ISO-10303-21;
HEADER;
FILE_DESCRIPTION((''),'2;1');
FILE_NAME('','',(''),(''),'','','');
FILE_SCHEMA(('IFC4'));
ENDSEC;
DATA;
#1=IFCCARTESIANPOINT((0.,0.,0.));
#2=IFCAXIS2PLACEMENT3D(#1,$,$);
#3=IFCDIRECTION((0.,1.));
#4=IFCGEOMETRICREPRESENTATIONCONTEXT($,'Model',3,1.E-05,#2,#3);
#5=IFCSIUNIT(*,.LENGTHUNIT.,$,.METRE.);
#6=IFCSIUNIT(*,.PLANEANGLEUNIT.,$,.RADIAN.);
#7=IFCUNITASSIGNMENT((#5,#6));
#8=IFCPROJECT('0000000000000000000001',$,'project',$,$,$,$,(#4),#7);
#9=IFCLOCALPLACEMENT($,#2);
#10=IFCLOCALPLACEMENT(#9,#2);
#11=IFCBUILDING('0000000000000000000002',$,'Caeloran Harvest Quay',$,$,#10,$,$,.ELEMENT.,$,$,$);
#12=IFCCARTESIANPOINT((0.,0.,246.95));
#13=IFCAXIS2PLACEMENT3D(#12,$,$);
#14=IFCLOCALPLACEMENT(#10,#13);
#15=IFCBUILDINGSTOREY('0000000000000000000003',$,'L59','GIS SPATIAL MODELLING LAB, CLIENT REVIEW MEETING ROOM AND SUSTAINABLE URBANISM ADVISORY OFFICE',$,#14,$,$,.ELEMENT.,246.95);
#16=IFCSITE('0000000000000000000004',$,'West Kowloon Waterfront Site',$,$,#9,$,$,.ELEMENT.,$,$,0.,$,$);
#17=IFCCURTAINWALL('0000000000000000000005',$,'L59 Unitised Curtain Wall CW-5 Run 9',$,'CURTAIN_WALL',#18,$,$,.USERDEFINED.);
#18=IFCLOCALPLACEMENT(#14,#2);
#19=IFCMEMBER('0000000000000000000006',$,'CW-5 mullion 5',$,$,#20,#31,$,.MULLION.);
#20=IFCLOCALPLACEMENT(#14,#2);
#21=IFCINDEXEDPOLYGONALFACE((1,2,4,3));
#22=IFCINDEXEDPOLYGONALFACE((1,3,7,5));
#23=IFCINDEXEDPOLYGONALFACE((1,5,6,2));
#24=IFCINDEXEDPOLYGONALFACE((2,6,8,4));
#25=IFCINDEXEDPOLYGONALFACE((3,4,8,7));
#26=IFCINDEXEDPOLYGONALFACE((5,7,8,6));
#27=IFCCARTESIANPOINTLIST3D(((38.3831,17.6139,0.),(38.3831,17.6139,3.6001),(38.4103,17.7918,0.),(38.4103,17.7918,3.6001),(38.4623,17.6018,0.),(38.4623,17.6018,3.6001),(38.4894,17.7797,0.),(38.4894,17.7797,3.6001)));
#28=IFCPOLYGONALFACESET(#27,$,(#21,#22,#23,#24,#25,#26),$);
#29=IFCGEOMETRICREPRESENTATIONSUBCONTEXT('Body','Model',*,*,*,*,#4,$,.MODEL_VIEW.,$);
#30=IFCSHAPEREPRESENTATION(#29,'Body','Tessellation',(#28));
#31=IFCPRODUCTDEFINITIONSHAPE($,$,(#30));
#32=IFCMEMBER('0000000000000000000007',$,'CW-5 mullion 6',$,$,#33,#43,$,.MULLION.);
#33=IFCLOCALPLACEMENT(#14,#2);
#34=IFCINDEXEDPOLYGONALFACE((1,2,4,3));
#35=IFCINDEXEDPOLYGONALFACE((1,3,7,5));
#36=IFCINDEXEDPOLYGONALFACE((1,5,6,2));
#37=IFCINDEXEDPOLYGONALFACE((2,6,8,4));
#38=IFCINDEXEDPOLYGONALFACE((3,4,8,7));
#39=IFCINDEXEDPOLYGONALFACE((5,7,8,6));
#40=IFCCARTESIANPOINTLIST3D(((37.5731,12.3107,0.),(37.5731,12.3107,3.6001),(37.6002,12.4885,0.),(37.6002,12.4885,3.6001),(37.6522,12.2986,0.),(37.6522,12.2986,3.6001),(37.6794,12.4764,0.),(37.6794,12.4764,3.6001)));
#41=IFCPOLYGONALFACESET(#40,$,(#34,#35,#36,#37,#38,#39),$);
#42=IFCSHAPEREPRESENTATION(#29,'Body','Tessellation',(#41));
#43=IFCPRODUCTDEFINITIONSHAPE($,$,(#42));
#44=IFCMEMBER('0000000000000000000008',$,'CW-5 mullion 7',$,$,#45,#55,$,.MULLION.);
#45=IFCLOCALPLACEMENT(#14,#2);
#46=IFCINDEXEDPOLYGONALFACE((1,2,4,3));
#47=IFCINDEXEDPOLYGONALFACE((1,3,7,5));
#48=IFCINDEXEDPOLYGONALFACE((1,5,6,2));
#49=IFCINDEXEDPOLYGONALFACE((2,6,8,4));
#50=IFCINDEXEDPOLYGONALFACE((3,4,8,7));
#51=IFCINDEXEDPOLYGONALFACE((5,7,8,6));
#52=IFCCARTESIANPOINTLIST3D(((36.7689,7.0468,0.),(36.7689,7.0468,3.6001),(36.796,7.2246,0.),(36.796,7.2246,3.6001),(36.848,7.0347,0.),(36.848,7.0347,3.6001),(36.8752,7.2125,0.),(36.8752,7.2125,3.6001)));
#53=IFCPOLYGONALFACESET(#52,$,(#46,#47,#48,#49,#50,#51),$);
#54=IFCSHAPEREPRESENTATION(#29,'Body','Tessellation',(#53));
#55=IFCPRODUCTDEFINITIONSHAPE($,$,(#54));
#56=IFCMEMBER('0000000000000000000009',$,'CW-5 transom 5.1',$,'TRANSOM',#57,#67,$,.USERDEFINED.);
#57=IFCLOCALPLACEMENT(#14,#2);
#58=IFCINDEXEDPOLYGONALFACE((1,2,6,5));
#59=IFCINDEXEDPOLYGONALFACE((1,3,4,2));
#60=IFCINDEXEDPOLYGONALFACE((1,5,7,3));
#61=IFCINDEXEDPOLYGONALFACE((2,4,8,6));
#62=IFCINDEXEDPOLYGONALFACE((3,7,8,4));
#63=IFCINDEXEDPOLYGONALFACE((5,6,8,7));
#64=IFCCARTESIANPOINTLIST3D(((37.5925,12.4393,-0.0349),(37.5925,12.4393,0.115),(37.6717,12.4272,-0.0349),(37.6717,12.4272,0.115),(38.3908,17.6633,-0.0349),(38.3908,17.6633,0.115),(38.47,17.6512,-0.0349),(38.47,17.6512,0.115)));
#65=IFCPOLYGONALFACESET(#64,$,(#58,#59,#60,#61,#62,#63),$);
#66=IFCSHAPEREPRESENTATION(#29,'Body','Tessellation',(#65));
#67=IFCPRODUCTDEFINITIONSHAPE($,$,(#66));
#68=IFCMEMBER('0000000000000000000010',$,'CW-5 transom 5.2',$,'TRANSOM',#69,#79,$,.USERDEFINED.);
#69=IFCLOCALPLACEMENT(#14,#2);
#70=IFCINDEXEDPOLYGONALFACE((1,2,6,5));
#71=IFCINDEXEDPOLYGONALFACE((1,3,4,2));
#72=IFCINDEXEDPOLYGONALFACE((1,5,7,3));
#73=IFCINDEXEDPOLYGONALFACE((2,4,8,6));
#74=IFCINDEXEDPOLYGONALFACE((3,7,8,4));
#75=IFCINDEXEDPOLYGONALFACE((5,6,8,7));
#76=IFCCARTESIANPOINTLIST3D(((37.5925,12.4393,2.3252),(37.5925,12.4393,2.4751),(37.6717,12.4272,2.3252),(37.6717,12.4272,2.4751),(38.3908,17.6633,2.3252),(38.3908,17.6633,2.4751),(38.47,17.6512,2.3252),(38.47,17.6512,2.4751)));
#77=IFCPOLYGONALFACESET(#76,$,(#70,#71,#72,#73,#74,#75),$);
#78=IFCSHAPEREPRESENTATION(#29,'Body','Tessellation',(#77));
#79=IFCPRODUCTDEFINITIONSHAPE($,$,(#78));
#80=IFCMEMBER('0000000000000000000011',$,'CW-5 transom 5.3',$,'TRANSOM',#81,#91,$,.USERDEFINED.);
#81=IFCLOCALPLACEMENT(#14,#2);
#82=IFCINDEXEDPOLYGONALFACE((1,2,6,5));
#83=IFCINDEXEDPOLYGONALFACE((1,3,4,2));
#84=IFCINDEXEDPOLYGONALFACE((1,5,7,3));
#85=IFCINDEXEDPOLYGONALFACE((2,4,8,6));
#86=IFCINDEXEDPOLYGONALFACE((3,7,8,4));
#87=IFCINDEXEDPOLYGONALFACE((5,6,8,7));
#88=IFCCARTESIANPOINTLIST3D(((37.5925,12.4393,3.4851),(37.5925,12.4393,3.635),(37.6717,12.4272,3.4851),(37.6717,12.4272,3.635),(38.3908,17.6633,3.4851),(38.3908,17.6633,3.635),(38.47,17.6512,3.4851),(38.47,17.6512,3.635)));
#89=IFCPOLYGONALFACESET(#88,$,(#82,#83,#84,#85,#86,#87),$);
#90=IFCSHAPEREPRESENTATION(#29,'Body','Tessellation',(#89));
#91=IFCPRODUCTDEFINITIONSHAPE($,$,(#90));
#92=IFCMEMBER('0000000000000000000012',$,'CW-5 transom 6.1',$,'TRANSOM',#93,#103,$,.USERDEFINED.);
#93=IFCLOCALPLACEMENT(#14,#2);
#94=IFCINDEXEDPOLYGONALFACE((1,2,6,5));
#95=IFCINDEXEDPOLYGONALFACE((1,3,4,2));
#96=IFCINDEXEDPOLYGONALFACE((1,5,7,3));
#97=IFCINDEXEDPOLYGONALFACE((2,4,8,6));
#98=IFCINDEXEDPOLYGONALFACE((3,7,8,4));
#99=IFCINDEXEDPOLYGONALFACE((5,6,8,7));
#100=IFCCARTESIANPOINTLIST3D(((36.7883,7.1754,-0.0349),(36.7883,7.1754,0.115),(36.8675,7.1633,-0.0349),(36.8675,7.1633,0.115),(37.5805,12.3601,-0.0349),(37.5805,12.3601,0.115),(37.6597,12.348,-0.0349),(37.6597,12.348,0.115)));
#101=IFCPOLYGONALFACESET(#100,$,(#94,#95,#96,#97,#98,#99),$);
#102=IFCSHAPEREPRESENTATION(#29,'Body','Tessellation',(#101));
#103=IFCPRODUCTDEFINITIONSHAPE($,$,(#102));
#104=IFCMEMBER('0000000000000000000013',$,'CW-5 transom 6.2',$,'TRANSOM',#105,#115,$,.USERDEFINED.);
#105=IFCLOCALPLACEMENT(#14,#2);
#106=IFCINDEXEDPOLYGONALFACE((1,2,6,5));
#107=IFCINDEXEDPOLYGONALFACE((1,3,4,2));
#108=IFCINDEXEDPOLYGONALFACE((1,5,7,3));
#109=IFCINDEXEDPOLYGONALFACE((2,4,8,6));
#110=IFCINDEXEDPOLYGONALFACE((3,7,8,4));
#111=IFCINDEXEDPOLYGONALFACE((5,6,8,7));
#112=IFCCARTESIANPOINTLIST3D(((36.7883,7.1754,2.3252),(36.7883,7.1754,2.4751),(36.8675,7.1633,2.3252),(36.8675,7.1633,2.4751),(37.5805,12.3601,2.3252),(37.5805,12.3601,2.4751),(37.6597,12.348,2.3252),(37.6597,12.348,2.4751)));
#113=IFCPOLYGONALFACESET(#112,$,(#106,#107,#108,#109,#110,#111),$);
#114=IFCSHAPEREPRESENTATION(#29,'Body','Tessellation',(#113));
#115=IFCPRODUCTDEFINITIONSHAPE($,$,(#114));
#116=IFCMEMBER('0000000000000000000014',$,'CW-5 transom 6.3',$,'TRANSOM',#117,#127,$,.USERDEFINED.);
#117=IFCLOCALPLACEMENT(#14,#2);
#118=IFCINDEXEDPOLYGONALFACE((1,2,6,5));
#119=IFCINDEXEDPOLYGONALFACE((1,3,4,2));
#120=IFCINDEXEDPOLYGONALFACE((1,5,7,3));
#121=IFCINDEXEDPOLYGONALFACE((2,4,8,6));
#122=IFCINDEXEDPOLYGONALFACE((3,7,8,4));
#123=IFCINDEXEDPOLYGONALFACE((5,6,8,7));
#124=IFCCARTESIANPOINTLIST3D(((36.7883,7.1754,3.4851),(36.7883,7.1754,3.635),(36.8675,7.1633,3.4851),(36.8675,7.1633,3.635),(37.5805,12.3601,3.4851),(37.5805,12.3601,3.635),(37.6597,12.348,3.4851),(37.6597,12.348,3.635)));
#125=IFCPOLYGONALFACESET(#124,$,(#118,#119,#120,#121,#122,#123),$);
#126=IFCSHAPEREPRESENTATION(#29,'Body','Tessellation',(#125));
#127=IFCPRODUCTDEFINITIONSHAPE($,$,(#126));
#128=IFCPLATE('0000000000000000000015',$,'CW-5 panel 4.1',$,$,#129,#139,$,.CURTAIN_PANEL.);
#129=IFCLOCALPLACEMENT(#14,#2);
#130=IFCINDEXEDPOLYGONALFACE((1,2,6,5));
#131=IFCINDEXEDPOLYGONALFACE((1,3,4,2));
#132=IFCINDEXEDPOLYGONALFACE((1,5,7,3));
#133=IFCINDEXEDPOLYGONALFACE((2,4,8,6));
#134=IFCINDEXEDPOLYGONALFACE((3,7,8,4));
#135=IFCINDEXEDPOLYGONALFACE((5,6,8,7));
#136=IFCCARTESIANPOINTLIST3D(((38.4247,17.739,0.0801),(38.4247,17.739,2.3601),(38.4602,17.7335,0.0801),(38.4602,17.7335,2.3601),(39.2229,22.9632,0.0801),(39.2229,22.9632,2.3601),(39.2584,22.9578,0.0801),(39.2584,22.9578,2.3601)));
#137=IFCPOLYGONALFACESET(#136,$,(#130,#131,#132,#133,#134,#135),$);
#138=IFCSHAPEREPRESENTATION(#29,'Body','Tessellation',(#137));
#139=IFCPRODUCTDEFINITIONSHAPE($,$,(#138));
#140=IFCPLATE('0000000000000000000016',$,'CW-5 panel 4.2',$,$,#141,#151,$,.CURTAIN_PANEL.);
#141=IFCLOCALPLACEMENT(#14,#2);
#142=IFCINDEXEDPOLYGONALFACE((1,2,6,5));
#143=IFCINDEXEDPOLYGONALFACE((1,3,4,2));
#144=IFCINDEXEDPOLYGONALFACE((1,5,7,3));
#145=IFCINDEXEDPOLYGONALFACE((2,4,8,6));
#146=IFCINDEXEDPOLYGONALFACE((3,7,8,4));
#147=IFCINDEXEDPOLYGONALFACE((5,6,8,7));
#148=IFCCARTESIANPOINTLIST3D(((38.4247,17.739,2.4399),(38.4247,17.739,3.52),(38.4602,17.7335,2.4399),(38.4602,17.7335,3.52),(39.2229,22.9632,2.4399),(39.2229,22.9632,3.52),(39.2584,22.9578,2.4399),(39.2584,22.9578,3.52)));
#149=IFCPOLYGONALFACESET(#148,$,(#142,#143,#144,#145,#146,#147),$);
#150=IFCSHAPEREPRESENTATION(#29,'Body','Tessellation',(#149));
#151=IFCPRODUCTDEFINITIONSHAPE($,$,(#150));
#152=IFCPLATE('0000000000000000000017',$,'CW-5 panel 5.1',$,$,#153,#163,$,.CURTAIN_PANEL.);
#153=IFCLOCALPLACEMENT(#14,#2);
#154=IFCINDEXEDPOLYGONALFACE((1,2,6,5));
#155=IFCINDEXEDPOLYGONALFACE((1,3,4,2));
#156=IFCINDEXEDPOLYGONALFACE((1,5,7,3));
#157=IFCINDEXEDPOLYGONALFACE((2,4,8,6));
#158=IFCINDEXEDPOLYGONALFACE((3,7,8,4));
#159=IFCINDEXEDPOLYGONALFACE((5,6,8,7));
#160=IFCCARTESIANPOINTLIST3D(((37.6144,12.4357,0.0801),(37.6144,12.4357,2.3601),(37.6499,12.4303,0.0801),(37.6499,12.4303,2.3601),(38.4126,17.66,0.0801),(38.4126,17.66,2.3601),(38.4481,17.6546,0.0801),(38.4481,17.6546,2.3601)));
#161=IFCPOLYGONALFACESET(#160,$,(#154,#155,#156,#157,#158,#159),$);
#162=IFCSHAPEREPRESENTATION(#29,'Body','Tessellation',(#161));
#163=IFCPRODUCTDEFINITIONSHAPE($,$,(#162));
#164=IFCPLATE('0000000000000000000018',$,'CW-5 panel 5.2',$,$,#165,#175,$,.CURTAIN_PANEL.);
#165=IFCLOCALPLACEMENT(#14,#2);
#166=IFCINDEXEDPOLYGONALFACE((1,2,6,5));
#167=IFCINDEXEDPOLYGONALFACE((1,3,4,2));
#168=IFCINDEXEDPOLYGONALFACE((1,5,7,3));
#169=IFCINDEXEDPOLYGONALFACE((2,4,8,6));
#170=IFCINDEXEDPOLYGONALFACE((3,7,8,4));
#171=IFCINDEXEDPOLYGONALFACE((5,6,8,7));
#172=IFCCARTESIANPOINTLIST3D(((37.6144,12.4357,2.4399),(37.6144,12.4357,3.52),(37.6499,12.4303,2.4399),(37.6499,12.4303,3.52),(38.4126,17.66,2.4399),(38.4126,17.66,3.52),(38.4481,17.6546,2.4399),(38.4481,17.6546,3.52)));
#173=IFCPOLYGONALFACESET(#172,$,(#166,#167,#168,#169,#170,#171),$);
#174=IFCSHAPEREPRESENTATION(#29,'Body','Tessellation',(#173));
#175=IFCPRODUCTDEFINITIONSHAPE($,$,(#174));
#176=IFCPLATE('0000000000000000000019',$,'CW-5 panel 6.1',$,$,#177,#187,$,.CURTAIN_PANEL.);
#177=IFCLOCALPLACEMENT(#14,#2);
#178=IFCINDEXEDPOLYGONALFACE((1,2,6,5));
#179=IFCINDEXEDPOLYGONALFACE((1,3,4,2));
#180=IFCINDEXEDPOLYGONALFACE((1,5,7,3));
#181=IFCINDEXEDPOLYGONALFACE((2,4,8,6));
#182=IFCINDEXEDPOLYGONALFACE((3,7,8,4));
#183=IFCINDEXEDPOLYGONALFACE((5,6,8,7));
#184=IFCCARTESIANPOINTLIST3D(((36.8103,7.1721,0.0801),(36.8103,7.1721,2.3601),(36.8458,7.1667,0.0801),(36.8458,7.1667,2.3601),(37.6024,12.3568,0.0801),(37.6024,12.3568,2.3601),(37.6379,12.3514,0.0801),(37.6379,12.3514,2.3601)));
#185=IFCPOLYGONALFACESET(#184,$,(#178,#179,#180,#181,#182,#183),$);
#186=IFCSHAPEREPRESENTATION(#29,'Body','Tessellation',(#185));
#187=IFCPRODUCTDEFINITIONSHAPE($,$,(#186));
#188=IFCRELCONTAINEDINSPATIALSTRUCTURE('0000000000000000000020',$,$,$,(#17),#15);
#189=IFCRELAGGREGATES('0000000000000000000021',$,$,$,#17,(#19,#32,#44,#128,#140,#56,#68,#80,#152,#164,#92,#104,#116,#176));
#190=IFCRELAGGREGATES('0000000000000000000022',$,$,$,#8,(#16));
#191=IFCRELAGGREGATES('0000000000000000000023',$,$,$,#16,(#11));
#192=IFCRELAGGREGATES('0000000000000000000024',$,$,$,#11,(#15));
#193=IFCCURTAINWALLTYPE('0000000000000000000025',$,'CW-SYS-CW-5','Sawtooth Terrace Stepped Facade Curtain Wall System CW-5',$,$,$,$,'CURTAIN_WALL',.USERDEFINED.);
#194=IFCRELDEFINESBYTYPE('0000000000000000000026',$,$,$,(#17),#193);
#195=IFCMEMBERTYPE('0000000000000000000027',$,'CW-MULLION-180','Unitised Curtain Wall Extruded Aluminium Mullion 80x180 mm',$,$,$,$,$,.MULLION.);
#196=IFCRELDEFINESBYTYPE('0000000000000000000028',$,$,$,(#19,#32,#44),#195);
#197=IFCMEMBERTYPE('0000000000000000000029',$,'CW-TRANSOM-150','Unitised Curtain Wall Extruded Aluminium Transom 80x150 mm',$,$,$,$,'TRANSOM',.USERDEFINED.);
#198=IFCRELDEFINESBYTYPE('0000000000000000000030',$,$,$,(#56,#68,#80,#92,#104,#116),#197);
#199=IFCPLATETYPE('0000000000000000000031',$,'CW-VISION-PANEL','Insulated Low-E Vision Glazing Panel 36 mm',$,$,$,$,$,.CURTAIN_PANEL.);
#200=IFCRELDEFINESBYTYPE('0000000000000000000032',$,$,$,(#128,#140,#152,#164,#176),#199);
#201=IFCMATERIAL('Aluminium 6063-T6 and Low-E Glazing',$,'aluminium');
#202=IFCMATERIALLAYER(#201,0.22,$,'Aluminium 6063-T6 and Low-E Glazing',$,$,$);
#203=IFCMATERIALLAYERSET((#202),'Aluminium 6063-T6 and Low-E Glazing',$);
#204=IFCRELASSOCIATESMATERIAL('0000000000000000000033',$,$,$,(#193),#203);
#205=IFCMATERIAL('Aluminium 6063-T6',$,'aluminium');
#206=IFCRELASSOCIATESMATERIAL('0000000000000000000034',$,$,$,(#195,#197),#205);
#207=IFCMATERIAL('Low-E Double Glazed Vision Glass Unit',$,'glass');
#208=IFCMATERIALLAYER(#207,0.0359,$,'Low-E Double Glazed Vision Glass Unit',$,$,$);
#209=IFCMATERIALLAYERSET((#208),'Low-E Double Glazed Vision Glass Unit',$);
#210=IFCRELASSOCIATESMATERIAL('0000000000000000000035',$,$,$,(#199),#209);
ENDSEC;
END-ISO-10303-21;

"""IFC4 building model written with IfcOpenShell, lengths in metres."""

from ifc_helpers import new_model, si_unit, direction, frame, origin, origin_2d, place, context, subcontext, project, spatial, rectangle, extrude, material, layer, layer_set, material_profile, profile_set, type_object, element, aggregate, save


model = new_model("IFC4")

# Units and contexts
model_context = context("Model", 3, precision=1e-05, world=origin(), true_north=direction((0.0, 1.0)))
body_context = subcontext(model_context, "Body", "Model", "MODEL_VIEW")
ifc_project = project(units=[si_unit("LENGTHUNIT", "METRE"), si_unit("PLANEANGLEUNIT", "RADIAN")], contexts=[model_context])

# Site, building, storey
site_placement = place(None, origin())
site = spatial("IfcSite", under=ifc_project, at=site_placement, Name="West Kowloon Waterfront Site", CompositionType="ELEMENT", RefElevation=0.0)
building_placement = place(site_placement, origin())
building = spatial("IfcBuilding", under=site, at=building_placement, Name="Caeloran Harvest Quay", CompositionType="ELEMENT")
storey_placement = place(building_placement, frame((0.0, 0.0, 246.95)))
storey = spatial("IfcBuildingStorey", under=building, at=storey_placement, Name="L59", Description="GIS SPATIAL MODELLING LAB, CLIENT REVIEW MEETING ROOM AND SUSTAINABLE URBANISM ADVISORY OFFICE", CompositionType="ELEMENT", Elevation=246.95)

# Curtain wall, members, plates
ifc_material_1 = material(Name="Aluminium 6063-T6 and Low-E Glazing", Category="aluminium")
ifc_layer_1 = layer(ifc_material_1, 0.22, Name="Aluminium 6063-T6 and Low-E Glazing")
ifc_layer_set_1 = layer_set([ifc_layer_1], Name="Aluminium 6063-T6 and Low-E Glazing")
curtain_wall_type = type_object("IfcCurtainWallType", Name="CW-SYS-CW-5", Description="Sawtooth Terrace Stepped Facade Curtain Wall System CW-5", ElementType="CURTAIN_WALL", PredefinedType="USERDEFINED", material=ifc_layer_set_1)
curtain_wall_placement = place(storey_placement, origin())
curtain_wall = element("IfcCurtainWall", 1, at=curtain_wall_placement, inside=storey, type_object=curtain_wall_type, Name="L59 Unitised Curtain Wall CW-5 Run 9", ObjectType="CURTAIN_WALL", PredefinedType="USERDEFINED")
ifc_material_2 = material(Name="Aluminium 6063-T6", Category="aluminium")
ifc_material_profile_1 = material_profile(ifc_material_2, rectangle(XDim=0.0801, YDim=0.1799, at=origin_2d()), Name="CW-MULLION-180")
ifc_profile_set_1 = profile_set([ifc_material_profile_1], Name="Aluminium 6063-T6")
member_type_1 = type_object("IfcMemberType", Name="CW-MULLION-180", Description="Unitised Curtain Wall Extruded Aluminium Mullion 80x180 mm", PredefinedType="MULLION", material=ifc_profile_set_1)
member_1_placement = place(storey_placement, frame((38.4363, 17.6968, 0.0), z_axis=(0.0, 0.0, 1.0), x_axis=(0.98853, -0.151028, 0.0)))
member_1 = element("IfcMember", 2, at=member_1_placement, type_object=member_type_1, Name="CW-5 mullion 5", PredefinedType="MULLION", context=body_context, shape_type="SweptSolid", body=[
    extrude(rectangle(XDim=0.0801, YDim=0.1799, at=origin_2d()), origin(), (0.0, 0.0, 1.0), 3.6001),
])
member_2_placement = place(storey_placement, frame((37.6262, 12.3936, 0.0), z_axis=(0.0, 0.0, 1.0), x_axis=(0.98853, -0.151028, 0.0)))
member_2 = element("IfcMember", 3, at=member_2_placement, type_object=member_type_1, Name="CW-5 mullion 6", PredefinedType="MULLION", context=body_context, shape_type="SweptSolid", body=[
    extrude(rectangle(XDim=0.0801, YDim=0.1799, at=origin_2d()), origin(), (0.0, 0.0, 1.0), 3.6001),
])
member_3_placement = place(storey_placement, frame((36.822, 7.1296, 0.0), z_axis=(0.0, 0.0, 1.0), x_axis=(0.98853, -0.151028, 0.0)))
member_3 = element("IfcMember", 4, at=member_3_placement, type_object=member_type_1, Name="CW-5 mullion 7", PredefinedType="MULLION", context=body_context, shape_type="SweptSolid", body=[
    extrude(rectangle(XDim=0.0801, YDim=0.1799, at=origin_2d()), origin(), (0.0, 0.0, 1.0), 3.6001),
])
ifc_material_profile_2 = material_profile(ifc_material_2, rectangle(XDim=0.0801, YDim=0.1499, at=origin_2d()), Name="CW-TRANSOM-150")
ifc_profile_set_2 = profile_set([ifc_material_profile_2], Name="Aluminium 6063-T6")
member_type_2 = type_object("IfcMemberType", Name="CW-TRANSOM-150", Description="Unitised Curtain Wall Extruded Aluminium Transom 80x150 mm", ElementType="TRANSOM", PredefinedType="USERDEFINED", material=ifc_profile_set_2)
member_4_placement = place(storey_placement, frame((38.4304, 17.6572, 0.04), z_axis=(-0.151064, -0.988524, 0.0), x_axis=(0.988524, -0.151064, 0.0)))
member_4 = element("IfcMember", 5, at=member_4_placement, type_object=member_type_2, Name="CW-5 transom 5.1", ObjectType="TRANSOM", PredefinedType="USERDEFINED", context=body_context, shape_type="SweptSolid", body=[
    extrude(rectangle(XDim=0.0801, YDim=0.1499, at=origin_2d()), origin(), (0.0, 0.0, 1.0), 5.2847),
])
member_5_placement = place(storey_placement, frame((38.4304, 17.6572, 2.4001), z_axis=(-0.151064, -0.988524, 0.0), x_axis=(0.988524, -0.151064, 0.0)))
member_5 = element("IfcMember", 6, at=member_5_placement, type_object=member_type_2, Name="CW-5 transom 5.2", ObjectType="TRANSOM", PredefinedType="USERDEFINED", context=body_context, shape_type="SweptSolid", body=[
    extrude(rectangle(XDim=0.0801, YDim=0.1499, at=origin_2d()), origin(), (0.0, 0.0, 1.0), 5.2847),
])
member_6_placement = place(storey_placement, frame((38.4304, 17.6572, 3.5601), z_axis=(-0.151064, -0.988524, 0.0), x_axis=(0.988524, -0.151064, 0.0)))
member_6 = element("IfcMember", 7, at=member_6_placement, type_object=member_type_2, Name="CW-5 transom 5.3", ObjectType="TRANSOM", PredefinedType="USERDEFINED", context=body_context, shape_type="SweptSolid", body=[
    extrude(rectangle(XDim=0.0801, YDim=0.1499, at=origin_2d()), origin(), (0.0, 0.0, 1.0), 5.2847),
])
member_7_placement = place(storey_placement, frame((37.6201, 12.354, 0.04), z_axis=(-0.151046, -0.988527, 0.0), x_axis=(0.988527, -0.151046, 0.0)))
member_7 = element("IfcMember", 8, at=member_7_placement, type_object=member_type_2, Name="CW-5 transom 6.1", ObjectType="TRANSOM", PredefinedType="USERDEFINED", context=body_context, shape_type="SweptSolid", body=[
    extrude(rectangle(XDim=0.0801, YDim=0.1499, at=origin_2d()), origin(), (0.0, 0.0, 1.0), 5.2449),
])
member_8_placement = place(storey_placement, frame((37.6201, 12.354, 2.4001), z_axis=(-0.151046, -0.988527, 0.0), x_axis=(0.988527, -0.151046, 0.0)))
member_8 = element("IfcMember", 9, at=member_8_placement, type_object=member_type_2, Name="CW-5 transom 6.2", ObjectType="TRANSOM", PredefinedType="USERDEFINED", context=body_context, shape_type="SweptSolid", body=[
    extrude(rectangle(XDim=0.0801, YDim=0.1499, at=origin_2d()), origin(), (0.0, 0.0, 1.0), 5.2449),
])
member_9_placement = place(storey_placement, frame((37.6201, 12.354, 3.5601), z_axis=(-0.151046, -0.988527, 0.0), x_axis=(0.988527, -0.151046, 0.0)))
member_9 = element("IfcMember", 10, at=member_9_placement, type_object=member_type_2, Name="CW-5 transom 6.3", ObjectType="TRANSOM", PredefinedType="USERDEFINED", context=body_context, shape_type="SweptSolid", body=[
    extrude(rectangle(XDim=0.0801, YDim=0.1499, at=origin_2d()), origin(), (0.0, 0.0, 1.0), 5.2449),
])
ifc_material_3 = material(Name="Low-E Double Glazed Vision Glass Unit", Category="glass")
ifc_layer_2 = layer(ifc_material_3, 0.0359, Name="Low-E Double Glazed Vision Glass Unit")
ifc_layer_set_2 = layer_set([ifc_layer_2], Name="Low-E Double Glazed Vision Glass Unit")
plate_type = type_object("IfcPlateType", Name="CW-VISION-PANEL", Description="Insulated Low-E Vision Glazing Panel 36 mm", PredefinedType="CURTAIN_PANEL", material=ifc_layer_set_2)
plate_1_placement = place(storey_placement, frame((38.8416, 20.3484, 0.0801), z_axis=(0.0, 0.0, 1.0), x_axis=(-0.151028, -0.98853, 0.0)))
plate_1 = element("IfcPlate", 11, at=plate_1_placement, type_object=plate_type, Name="CW-5 panel 4.1", PredefinedType="CURTAIN_PANEL", context=body_context, shape_type="SweptSolid", body=[
    extrude(rectangle(XDim=5.2849, YDim=0.0359, at=origin_2d()), origin(), (0.0, 0.0, 1.0), 2.28),
])
plate_2_placement = place(storey_placement, frame((38.8416, 20.3484, 2.4399), z_axis=(0.0, 0.0, 1.0), x_axis=(-0.151028, -0.98853, 0.0)))
plate_2 = element("IfcPlate", 12, at=plate_2_placement, type_object=plate_type, Name="CW-5 panel 4.2", PredefinedType="CURTAIN_PANEL", context=body_context, shape_type="SweptSolid", body=[
    extrude(rectangle(XDim=5.2849, YDim=0.0359, at=origin_2d()), origin(), (0.0, 0.0, 1.0), 1.0801),
])
plate_3_placement = place(storey_placement, frame((38.0312, 15.0452, 0.0801), z_axis=(0.0, 0.0, 1.0), x_axis=(-0.151028, -0.98853, 0.0)))
plate_3 = element("IfcPlate", 13, at=plate_3_placement, type_object=plate_type, Name="CW-5 panel 5.1", PredefinedType="CURTAIN_PANEL", context=body_context, shape_type="SweptSolid", body=[
    extrude(rectangle(XDim=5.2849, YDim=0.0359, at=origin_2d()), origin(), (0.0, 0.0, 1.0), 2.28),
])
plate_4_placement = place(storey_placement, frame((38.0312, 15.0452, 2.4399), z_axis=(0.0, 0.0, 1.0), x_axis=(-0.151028, -0.98853, 0.0)))
plate_4 = element("IfcPlate", 14, at=plate_4_placement, type_object=plate_type, Name="CW-5 panel 5.2", PredefinedType="CURTAIN_PANEL", context=body_context, shape_type="SweptSolid", body=[
    extrude(rectangle(XDim=5.2849, YDim=0.0359, at=origin_2d()), origin(), (0.0, 0.0, 1.0), 1.0801),
])
plate_5_placement = place(storey_placement, frame((37.2241, 9.7617, 0.0801), z_axis=(0.0, 0.0, 1.0), x_axis=(-0.151028, -0.98853, 0.0)))
plate_5 = element("IfcPlate", 15, at=plate_5_placement, type_object=plate_type, Name="CW-5 panel 6.1", PredefinedType="CURTAIN_PANEL", context=body_context, shape_type="SweptSolid", body=[
    extrude(rectangle(XDim=5.2449, YDim=0.0359, at=origin_2d()), origin(), (0.0, 0.0, 1.0), 2.28),
])
aggregate(curtain_wall, [member_1, member_2, member_3, plate_1, plate_2, member_4, member_5, member_6, plate_3, plate_4, member_7, member_8, member_9, plate_5])

save(model, "model.ifc")
